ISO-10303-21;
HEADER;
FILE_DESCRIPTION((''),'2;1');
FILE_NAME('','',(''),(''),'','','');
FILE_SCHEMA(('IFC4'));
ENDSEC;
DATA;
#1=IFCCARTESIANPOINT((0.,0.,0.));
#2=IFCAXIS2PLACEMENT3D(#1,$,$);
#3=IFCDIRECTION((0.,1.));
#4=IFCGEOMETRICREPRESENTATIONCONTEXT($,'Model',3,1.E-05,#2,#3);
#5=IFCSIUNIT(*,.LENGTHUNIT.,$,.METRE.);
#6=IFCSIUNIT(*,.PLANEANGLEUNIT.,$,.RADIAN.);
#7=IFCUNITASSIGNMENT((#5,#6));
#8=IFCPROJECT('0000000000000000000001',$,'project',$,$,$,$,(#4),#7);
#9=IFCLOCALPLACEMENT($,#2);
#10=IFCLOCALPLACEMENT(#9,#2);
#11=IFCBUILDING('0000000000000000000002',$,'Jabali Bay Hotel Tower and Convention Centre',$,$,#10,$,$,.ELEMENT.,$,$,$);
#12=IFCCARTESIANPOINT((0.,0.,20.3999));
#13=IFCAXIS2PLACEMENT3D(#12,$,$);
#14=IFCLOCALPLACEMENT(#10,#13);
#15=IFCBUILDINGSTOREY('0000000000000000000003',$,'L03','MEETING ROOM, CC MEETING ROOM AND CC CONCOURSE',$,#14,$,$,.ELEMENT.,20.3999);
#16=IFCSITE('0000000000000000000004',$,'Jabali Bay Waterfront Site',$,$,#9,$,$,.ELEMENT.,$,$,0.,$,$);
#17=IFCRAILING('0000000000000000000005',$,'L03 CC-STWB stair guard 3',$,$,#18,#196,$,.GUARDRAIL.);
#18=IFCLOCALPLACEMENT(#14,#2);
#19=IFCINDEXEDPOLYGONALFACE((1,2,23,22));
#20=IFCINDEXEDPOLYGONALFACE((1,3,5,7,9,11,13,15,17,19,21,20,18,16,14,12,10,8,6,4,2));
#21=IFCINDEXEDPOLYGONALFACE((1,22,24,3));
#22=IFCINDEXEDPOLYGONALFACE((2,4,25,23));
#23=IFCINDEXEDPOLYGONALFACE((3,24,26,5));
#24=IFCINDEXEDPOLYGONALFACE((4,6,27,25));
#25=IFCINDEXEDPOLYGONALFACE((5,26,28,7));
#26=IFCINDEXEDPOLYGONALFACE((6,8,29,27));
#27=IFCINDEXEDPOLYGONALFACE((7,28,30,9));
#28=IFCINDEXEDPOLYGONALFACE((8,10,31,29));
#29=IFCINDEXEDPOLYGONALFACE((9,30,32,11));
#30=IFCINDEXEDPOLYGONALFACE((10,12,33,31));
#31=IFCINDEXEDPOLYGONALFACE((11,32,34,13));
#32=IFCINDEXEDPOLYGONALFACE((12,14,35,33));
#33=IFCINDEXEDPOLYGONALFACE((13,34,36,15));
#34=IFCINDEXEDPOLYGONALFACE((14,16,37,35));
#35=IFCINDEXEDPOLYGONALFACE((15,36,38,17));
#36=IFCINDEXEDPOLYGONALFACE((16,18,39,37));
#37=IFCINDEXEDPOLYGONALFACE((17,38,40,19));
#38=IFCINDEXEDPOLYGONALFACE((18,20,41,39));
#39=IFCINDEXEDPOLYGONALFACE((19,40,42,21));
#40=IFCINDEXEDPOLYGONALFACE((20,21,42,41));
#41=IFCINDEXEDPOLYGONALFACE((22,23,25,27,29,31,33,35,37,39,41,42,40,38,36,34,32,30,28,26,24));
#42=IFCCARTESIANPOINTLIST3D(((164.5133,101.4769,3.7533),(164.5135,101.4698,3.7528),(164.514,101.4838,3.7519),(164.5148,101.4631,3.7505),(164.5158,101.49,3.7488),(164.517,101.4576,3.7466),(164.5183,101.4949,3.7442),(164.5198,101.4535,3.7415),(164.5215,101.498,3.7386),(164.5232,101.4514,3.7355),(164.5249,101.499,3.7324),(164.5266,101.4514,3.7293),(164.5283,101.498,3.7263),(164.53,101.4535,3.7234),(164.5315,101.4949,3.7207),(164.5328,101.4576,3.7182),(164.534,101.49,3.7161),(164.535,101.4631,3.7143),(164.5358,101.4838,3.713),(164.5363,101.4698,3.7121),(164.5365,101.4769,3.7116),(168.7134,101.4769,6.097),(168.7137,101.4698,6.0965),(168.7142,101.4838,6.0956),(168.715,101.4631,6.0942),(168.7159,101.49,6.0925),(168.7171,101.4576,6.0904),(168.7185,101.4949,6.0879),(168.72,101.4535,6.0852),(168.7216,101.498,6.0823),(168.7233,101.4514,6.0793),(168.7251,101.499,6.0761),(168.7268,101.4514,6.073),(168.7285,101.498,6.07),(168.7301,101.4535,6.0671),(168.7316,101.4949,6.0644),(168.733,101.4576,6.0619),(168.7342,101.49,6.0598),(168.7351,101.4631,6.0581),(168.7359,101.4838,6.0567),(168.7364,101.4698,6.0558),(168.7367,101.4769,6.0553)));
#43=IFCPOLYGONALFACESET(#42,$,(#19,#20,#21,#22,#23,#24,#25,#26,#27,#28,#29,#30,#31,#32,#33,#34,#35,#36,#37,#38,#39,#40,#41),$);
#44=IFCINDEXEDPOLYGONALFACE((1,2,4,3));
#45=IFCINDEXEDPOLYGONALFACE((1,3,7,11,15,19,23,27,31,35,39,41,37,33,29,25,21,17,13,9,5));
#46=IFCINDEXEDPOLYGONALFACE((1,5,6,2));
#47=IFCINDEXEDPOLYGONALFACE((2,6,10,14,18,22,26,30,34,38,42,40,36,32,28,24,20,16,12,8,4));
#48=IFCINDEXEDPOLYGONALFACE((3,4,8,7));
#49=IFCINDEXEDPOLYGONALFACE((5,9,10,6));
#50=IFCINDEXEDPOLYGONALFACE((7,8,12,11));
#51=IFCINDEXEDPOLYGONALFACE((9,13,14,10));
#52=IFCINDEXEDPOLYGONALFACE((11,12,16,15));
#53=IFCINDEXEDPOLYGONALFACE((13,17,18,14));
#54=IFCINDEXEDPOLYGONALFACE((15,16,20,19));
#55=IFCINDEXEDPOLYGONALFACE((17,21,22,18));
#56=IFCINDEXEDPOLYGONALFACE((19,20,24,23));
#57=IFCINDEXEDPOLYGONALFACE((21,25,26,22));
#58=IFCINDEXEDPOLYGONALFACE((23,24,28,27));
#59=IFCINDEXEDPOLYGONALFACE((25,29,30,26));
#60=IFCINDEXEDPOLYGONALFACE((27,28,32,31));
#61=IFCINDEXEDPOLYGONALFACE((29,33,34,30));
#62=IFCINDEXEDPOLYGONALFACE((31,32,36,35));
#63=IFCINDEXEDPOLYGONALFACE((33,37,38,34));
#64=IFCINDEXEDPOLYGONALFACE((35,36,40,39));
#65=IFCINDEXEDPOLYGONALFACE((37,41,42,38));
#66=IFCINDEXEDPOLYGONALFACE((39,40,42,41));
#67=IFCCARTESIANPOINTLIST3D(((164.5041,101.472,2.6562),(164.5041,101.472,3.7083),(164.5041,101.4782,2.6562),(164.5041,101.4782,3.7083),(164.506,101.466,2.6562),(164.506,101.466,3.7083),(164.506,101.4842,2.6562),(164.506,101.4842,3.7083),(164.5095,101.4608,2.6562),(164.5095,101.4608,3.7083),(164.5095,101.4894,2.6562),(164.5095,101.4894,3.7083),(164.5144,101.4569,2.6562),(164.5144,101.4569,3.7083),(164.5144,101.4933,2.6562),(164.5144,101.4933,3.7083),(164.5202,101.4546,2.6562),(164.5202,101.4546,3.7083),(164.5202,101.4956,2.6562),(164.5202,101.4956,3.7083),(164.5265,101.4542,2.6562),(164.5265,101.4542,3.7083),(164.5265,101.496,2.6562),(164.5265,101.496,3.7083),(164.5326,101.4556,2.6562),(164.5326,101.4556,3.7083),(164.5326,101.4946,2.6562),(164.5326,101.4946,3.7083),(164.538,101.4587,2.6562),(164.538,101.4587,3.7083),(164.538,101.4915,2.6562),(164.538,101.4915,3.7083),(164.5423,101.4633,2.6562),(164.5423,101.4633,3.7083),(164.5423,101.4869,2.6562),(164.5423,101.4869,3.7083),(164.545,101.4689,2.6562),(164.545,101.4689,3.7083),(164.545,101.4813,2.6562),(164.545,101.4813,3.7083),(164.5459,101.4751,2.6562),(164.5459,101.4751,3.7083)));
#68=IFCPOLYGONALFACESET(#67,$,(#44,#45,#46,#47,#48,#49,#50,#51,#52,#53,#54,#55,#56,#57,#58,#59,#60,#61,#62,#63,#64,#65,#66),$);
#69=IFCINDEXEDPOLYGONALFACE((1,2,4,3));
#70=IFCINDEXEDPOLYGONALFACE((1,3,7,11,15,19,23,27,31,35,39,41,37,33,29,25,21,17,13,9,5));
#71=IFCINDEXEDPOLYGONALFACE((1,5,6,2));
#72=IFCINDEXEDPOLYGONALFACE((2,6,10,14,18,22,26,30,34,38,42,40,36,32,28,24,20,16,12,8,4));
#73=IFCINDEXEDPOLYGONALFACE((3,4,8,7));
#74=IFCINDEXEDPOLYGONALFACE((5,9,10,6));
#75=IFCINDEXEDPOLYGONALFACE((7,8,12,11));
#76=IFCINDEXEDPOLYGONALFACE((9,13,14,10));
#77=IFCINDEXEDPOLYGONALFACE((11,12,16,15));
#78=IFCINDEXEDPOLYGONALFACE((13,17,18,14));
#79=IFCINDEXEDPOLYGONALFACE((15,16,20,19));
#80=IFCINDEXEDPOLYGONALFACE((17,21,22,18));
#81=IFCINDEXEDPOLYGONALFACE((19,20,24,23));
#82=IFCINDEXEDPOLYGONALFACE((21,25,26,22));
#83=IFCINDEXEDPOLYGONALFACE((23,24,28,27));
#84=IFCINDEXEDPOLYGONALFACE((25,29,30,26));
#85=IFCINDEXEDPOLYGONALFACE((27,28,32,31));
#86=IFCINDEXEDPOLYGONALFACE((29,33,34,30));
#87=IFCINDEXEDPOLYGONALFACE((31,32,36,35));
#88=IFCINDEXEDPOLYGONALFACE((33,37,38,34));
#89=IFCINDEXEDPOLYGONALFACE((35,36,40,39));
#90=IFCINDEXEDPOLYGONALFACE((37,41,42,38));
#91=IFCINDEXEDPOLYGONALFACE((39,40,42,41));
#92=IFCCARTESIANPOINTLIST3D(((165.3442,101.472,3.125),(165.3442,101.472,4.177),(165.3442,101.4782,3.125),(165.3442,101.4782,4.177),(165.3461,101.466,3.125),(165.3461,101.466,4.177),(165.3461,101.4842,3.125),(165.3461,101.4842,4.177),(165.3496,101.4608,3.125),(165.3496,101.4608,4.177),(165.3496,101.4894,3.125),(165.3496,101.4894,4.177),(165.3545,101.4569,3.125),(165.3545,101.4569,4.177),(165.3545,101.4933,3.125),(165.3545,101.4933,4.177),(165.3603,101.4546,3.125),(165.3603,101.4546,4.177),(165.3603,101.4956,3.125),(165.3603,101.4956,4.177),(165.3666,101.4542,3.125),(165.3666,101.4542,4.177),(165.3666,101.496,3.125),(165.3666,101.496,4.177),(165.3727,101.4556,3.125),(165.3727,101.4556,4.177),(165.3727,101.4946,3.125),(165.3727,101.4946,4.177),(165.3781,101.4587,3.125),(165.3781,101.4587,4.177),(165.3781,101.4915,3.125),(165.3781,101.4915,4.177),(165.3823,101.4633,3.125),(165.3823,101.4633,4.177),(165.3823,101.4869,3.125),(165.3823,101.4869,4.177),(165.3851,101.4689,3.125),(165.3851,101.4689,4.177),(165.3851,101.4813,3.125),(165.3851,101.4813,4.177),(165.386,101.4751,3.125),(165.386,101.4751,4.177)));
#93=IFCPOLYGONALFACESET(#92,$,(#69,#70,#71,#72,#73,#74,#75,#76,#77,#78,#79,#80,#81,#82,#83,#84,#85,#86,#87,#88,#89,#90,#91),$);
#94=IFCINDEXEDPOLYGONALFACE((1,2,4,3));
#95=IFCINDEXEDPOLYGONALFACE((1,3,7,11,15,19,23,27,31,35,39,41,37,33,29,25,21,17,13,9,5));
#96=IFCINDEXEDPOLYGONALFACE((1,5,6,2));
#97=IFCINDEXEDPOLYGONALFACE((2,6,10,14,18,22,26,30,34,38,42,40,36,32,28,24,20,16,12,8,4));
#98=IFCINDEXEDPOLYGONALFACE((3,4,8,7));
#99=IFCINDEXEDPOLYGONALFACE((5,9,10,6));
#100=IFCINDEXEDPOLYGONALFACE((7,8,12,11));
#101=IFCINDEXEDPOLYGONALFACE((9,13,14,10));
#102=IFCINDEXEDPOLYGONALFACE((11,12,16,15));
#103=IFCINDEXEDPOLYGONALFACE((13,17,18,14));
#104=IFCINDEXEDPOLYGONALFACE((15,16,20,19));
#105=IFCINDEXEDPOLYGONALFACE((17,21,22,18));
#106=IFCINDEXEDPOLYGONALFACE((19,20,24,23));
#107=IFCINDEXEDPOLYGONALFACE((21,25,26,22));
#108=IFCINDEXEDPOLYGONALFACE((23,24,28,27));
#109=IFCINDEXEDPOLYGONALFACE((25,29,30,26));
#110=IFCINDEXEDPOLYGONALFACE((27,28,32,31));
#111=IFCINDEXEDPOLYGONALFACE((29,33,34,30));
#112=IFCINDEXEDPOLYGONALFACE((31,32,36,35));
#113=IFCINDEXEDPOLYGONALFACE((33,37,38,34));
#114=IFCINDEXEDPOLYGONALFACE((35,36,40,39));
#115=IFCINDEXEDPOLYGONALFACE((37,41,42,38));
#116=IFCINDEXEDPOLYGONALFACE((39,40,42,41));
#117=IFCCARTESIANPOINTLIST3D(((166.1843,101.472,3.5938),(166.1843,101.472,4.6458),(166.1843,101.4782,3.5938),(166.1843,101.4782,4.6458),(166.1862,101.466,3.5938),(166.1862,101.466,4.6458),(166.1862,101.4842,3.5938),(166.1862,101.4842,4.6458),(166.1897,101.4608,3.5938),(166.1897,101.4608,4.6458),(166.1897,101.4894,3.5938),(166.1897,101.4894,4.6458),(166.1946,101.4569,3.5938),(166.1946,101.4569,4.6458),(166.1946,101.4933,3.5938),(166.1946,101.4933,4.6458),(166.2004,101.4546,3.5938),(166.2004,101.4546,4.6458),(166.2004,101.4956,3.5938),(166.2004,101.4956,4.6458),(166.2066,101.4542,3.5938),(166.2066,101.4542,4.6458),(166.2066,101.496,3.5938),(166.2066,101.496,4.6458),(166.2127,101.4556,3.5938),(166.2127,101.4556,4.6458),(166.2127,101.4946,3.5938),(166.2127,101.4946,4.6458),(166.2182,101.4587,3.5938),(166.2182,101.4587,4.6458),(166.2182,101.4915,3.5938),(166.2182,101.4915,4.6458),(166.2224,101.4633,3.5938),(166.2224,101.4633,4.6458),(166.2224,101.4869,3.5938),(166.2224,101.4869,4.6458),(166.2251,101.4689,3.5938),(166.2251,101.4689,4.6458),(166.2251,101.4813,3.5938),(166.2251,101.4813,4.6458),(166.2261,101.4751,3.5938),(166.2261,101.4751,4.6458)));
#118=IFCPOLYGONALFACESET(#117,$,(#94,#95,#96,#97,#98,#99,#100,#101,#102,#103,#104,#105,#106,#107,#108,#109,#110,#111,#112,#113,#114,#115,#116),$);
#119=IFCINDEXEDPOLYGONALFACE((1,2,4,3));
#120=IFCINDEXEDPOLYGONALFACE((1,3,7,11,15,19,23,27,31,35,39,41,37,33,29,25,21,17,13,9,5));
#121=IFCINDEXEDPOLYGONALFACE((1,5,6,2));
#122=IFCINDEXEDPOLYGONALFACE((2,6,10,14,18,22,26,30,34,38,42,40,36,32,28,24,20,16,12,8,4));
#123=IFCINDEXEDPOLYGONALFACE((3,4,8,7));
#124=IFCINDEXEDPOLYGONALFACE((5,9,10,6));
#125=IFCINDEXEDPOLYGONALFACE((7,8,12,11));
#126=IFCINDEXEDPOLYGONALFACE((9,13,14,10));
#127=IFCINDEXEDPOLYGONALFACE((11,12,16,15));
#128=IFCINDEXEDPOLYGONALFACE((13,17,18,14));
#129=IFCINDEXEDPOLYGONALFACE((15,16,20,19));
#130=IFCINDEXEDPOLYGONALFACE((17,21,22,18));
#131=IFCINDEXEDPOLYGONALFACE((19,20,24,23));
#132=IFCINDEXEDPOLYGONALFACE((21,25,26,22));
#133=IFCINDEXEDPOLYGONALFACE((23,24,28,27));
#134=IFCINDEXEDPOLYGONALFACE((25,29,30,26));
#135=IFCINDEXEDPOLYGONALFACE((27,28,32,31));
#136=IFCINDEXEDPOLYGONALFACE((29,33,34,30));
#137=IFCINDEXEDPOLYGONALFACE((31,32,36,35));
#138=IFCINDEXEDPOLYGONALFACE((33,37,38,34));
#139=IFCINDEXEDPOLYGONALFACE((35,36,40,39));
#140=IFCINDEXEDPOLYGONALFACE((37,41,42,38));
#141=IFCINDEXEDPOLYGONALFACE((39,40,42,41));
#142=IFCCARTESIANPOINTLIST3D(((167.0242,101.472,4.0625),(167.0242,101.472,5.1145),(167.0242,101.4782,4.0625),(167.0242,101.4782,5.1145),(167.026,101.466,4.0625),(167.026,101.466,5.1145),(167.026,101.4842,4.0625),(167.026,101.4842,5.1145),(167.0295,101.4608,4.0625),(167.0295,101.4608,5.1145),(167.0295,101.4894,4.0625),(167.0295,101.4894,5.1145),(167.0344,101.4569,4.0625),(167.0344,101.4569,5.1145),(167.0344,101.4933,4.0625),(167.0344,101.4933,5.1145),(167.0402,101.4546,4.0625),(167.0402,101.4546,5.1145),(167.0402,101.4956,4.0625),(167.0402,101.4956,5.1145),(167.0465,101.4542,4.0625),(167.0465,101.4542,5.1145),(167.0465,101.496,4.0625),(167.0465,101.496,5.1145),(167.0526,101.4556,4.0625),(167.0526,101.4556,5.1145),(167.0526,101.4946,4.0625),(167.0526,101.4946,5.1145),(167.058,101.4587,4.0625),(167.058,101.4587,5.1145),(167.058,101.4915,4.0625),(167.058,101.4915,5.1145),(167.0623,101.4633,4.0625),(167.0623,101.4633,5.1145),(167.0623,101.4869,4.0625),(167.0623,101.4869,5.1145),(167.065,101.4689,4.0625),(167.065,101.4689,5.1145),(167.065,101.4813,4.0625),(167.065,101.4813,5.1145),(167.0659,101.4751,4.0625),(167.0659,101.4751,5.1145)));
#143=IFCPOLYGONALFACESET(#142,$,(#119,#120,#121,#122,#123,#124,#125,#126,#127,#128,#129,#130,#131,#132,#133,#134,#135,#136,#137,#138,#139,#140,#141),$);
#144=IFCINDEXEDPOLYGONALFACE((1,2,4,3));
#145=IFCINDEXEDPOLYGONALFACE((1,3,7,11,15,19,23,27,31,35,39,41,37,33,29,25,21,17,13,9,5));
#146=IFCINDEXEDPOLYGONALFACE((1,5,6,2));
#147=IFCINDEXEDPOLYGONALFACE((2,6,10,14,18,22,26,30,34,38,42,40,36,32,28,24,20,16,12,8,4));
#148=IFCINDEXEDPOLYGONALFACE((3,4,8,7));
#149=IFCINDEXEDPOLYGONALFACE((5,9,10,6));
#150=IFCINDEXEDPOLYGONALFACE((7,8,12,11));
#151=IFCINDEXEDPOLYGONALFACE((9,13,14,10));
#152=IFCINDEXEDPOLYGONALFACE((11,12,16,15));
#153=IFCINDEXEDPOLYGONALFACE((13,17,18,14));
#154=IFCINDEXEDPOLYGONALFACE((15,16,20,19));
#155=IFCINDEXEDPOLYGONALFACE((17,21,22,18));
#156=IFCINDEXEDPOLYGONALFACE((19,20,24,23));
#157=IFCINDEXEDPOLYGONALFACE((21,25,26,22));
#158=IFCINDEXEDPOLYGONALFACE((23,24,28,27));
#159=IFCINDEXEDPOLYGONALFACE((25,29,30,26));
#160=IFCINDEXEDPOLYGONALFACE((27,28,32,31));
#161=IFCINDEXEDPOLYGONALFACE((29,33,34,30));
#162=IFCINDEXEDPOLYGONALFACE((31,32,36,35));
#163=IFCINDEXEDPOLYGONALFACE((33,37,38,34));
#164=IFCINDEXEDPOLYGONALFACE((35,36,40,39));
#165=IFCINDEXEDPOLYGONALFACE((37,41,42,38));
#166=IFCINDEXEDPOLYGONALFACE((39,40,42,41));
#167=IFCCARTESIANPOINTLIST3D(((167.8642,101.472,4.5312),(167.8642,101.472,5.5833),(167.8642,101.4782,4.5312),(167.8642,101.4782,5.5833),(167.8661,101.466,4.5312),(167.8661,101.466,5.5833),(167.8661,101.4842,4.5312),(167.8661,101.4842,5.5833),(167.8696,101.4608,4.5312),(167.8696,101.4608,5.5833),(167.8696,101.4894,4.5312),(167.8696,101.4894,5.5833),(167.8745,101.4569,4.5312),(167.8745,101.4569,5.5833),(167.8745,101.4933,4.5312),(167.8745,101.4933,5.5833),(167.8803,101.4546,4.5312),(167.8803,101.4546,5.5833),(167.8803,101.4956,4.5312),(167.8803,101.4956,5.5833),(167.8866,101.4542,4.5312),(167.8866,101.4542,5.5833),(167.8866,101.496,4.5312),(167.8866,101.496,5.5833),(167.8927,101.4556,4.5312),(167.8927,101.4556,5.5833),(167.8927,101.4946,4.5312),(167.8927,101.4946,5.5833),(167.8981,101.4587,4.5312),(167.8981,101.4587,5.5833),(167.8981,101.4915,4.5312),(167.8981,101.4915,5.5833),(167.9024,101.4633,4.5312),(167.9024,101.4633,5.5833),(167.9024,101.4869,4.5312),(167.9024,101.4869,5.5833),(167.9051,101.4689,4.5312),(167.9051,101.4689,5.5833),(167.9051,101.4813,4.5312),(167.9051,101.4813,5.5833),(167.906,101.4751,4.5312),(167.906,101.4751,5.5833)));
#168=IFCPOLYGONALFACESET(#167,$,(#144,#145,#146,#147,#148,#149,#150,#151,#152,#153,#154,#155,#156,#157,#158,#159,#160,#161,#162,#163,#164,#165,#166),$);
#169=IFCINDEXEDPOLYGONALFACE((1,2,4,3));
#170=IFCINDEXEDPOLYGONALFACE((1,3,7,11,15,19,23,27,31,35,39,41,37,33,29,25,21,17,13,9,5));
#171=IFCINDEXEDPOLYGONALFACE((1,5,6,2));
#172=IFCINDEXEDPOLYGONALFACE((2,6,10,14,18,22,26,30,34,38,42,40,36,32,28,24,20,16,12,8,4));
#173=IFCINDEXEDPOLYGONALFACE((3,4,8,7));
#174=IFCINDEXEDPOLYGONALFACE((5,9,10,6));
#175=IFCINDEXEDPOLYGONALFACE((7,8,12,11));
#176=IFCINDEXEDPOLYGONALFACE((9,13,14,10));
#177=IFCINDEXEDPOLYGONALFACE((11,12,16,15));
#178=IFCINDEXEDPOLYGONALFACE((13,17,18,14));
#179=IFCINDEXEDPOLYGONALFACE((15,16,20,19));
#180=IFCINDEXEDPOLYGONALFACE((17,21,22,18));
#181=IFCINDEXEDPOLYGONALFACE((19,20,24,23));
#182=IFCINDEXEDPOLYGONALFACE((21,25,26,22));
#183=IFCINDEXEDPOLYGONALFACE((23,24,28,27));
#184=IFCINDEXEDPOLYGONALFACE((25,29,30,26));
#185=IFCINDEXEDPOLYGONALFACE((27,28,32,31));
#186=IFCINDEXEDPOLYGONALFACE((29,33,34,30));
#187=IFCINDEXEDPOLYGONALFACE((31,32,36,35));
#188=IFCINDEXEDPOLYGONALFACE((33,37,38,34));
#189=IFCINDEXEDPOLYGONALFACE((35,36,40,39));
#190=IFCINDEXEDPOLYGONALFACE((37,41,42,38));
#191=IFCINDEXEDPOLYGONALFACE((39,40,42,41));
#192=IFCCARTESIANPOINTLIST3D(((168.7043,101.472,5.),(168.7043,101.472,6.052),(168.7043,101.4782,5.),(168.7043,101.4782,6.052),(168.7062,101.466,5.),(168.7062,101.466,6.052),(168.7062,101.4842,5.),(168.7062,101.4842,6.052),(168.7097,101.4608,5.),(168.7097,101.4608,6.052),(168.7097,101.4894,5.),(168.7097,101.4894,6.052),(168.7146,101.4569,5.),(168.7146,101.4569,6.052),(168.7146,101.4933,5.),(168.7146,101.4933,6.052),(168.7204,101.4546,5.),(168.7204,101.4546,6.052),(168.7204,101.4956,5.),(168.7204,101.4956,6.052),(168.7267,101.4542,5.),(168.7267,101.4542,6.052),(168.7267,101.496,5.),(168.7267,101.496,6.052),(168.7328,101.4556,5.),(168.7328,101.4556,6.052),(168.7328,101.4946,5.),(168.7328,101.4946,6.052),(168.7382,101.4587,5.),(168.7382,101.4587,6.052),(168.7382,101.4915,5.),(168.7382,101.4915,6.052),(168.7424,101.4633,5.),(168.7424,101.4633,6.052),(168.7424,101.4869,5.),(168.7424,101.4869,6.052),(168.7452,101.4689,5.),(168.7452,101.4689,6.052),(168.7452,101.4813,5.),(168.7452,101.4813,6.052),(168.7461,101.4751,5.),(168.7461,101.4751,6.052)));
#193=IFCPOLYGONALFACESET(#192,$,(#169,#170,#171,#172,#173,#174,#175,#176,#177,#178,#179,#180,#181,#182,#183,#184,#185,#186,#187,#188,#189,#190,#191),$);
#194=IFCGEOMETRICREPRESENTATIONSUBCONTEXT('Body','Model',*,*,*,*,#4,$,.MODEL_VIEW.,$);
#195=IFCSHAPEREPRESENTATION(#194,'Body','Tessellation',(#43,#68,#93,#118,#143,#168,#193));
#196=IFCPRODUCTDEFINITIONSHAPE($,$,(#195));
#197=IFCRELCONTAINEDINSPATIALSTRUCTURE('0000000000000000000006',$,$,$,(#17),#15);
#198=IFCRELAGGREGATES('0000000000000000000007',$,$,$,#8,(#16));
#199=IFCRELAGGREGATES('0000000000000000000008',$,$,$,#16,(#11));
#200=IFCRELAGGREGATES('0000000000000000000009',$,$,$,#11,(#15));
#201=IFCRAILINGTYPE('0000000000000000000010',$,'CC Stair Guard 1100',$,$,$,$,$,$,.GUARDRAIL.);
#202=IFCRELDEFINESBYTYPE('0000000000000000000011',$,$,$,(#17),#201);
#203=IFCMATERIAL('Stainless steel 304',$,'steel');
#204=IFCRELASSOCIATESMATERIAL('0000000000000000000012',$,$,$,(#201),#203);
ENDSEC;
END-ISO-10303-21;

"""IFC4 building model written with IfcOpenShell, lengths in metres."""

from ifc_helpers import new_model, si_unit, direction, frame, origin, origin_2d, place, context, subcontext, project, spatial, circle, extrude, material, type_object, element, save


model = new_model("IFC4")

# Units and contexts
model_context = context("Model", 3, precision=1e-05, world=origin(), true_north=direction((0.0, 1.0)))
body_context = subcontext(model_context, "Body", "Model", "MODEL_VIEW")
ifc_project = project(units=[si_unit("LENGTHUNIT", "METRE"), si_unit("PLANEANGLEUNIT", "RADIAN")], contexts=[model_context])

# Site, building, storey
site_placement = place(None, origin())
site = spatial("IfcSite", under=ifc_project, at=site_placement, Name="Jabali Bay Waterfront Site", CompositionType="ELEMENT", RefElevation=0.0)
building_placement = place(site_placement, origin())
building = spatial("IfcBuilding", under=site, at=building_placement, Name="Jabali Bay Hotel Tower and Convention Centre", CompositionType="ELEMENT")
storey_placement = place(building_placement, frame((0.0, 0.0, 20.3999)))
storey = spatial("IfcBuildingStorey", under=building, at=storey_placement, Name="L03", Description="MEETING ROOM, CC MEETING ROOM AND CC CONCOURSE", CompositionType="ELEMENT", Elevation=20.3999)

# Railing
ifc_material_1 = material(Name="Stainless steel 304", Category="steel")
railing_type_1 = type_object("IfcRailingType", Name="CC Stair Guard 1100", PredefinedType="GUARDRAIL", material=ifc_material_1)
railing_1_placement = place(storey_placement, frame((164.5249, 101.4751, 2.6562)))
element("IfcRailing", 1, at=railing_1_placement, inside=storey, type_object=railing_type_1, Name="L03 CC-STWB stair guard 3", PredefinedType="GUARDRAIL", context=body_context, shape_type="SweptSolid", body=[
    extrude(circle(Radius=0.0239, at=origin_2d()), frame((0.0, 0.0, 1.0762), z_axis=(0.873246, 0.0, 0.48728), x_axis=(0.0, 1.0, 0.0)), (0.0, 0.0, 1.0), 4.8098),
    extrude(circle(Radius=0.021, at=origin_2d()), origin(), (0.0, 0.0, 1.0), 1.052),
    extrude(circle(Radius=0.021, at=origin_2d()), frame((0.8401, 0.0, 0.4688)), (0.0, 0.0, 1.0), 1.052),
    extrude(circle(Radius=0.021, at=origin_2d()), frame((1.6802, 0.0, 0.9375)), (0.0, 0.0, 1.0), 1.052),
    extrude(circle(Radius=0.021, at=origin_2d()), frame((2.52, 0.0, 1.4062)), (0.0, 0.0, 1.0), 1.052),
    extrude(circle(Radius=0.021, at=origin_2d()), frame((3.3601, 0.0, 1.875)), (0.0, 0.0, 1.0), 1.052),
    extrude(circle(Radius=0.021, at=origin_2d()), frame((4.2002, 0.0, 2.3438)), (0.0, 0.0, 1.0), 1.052),
])

save(model, "model.ifc")
